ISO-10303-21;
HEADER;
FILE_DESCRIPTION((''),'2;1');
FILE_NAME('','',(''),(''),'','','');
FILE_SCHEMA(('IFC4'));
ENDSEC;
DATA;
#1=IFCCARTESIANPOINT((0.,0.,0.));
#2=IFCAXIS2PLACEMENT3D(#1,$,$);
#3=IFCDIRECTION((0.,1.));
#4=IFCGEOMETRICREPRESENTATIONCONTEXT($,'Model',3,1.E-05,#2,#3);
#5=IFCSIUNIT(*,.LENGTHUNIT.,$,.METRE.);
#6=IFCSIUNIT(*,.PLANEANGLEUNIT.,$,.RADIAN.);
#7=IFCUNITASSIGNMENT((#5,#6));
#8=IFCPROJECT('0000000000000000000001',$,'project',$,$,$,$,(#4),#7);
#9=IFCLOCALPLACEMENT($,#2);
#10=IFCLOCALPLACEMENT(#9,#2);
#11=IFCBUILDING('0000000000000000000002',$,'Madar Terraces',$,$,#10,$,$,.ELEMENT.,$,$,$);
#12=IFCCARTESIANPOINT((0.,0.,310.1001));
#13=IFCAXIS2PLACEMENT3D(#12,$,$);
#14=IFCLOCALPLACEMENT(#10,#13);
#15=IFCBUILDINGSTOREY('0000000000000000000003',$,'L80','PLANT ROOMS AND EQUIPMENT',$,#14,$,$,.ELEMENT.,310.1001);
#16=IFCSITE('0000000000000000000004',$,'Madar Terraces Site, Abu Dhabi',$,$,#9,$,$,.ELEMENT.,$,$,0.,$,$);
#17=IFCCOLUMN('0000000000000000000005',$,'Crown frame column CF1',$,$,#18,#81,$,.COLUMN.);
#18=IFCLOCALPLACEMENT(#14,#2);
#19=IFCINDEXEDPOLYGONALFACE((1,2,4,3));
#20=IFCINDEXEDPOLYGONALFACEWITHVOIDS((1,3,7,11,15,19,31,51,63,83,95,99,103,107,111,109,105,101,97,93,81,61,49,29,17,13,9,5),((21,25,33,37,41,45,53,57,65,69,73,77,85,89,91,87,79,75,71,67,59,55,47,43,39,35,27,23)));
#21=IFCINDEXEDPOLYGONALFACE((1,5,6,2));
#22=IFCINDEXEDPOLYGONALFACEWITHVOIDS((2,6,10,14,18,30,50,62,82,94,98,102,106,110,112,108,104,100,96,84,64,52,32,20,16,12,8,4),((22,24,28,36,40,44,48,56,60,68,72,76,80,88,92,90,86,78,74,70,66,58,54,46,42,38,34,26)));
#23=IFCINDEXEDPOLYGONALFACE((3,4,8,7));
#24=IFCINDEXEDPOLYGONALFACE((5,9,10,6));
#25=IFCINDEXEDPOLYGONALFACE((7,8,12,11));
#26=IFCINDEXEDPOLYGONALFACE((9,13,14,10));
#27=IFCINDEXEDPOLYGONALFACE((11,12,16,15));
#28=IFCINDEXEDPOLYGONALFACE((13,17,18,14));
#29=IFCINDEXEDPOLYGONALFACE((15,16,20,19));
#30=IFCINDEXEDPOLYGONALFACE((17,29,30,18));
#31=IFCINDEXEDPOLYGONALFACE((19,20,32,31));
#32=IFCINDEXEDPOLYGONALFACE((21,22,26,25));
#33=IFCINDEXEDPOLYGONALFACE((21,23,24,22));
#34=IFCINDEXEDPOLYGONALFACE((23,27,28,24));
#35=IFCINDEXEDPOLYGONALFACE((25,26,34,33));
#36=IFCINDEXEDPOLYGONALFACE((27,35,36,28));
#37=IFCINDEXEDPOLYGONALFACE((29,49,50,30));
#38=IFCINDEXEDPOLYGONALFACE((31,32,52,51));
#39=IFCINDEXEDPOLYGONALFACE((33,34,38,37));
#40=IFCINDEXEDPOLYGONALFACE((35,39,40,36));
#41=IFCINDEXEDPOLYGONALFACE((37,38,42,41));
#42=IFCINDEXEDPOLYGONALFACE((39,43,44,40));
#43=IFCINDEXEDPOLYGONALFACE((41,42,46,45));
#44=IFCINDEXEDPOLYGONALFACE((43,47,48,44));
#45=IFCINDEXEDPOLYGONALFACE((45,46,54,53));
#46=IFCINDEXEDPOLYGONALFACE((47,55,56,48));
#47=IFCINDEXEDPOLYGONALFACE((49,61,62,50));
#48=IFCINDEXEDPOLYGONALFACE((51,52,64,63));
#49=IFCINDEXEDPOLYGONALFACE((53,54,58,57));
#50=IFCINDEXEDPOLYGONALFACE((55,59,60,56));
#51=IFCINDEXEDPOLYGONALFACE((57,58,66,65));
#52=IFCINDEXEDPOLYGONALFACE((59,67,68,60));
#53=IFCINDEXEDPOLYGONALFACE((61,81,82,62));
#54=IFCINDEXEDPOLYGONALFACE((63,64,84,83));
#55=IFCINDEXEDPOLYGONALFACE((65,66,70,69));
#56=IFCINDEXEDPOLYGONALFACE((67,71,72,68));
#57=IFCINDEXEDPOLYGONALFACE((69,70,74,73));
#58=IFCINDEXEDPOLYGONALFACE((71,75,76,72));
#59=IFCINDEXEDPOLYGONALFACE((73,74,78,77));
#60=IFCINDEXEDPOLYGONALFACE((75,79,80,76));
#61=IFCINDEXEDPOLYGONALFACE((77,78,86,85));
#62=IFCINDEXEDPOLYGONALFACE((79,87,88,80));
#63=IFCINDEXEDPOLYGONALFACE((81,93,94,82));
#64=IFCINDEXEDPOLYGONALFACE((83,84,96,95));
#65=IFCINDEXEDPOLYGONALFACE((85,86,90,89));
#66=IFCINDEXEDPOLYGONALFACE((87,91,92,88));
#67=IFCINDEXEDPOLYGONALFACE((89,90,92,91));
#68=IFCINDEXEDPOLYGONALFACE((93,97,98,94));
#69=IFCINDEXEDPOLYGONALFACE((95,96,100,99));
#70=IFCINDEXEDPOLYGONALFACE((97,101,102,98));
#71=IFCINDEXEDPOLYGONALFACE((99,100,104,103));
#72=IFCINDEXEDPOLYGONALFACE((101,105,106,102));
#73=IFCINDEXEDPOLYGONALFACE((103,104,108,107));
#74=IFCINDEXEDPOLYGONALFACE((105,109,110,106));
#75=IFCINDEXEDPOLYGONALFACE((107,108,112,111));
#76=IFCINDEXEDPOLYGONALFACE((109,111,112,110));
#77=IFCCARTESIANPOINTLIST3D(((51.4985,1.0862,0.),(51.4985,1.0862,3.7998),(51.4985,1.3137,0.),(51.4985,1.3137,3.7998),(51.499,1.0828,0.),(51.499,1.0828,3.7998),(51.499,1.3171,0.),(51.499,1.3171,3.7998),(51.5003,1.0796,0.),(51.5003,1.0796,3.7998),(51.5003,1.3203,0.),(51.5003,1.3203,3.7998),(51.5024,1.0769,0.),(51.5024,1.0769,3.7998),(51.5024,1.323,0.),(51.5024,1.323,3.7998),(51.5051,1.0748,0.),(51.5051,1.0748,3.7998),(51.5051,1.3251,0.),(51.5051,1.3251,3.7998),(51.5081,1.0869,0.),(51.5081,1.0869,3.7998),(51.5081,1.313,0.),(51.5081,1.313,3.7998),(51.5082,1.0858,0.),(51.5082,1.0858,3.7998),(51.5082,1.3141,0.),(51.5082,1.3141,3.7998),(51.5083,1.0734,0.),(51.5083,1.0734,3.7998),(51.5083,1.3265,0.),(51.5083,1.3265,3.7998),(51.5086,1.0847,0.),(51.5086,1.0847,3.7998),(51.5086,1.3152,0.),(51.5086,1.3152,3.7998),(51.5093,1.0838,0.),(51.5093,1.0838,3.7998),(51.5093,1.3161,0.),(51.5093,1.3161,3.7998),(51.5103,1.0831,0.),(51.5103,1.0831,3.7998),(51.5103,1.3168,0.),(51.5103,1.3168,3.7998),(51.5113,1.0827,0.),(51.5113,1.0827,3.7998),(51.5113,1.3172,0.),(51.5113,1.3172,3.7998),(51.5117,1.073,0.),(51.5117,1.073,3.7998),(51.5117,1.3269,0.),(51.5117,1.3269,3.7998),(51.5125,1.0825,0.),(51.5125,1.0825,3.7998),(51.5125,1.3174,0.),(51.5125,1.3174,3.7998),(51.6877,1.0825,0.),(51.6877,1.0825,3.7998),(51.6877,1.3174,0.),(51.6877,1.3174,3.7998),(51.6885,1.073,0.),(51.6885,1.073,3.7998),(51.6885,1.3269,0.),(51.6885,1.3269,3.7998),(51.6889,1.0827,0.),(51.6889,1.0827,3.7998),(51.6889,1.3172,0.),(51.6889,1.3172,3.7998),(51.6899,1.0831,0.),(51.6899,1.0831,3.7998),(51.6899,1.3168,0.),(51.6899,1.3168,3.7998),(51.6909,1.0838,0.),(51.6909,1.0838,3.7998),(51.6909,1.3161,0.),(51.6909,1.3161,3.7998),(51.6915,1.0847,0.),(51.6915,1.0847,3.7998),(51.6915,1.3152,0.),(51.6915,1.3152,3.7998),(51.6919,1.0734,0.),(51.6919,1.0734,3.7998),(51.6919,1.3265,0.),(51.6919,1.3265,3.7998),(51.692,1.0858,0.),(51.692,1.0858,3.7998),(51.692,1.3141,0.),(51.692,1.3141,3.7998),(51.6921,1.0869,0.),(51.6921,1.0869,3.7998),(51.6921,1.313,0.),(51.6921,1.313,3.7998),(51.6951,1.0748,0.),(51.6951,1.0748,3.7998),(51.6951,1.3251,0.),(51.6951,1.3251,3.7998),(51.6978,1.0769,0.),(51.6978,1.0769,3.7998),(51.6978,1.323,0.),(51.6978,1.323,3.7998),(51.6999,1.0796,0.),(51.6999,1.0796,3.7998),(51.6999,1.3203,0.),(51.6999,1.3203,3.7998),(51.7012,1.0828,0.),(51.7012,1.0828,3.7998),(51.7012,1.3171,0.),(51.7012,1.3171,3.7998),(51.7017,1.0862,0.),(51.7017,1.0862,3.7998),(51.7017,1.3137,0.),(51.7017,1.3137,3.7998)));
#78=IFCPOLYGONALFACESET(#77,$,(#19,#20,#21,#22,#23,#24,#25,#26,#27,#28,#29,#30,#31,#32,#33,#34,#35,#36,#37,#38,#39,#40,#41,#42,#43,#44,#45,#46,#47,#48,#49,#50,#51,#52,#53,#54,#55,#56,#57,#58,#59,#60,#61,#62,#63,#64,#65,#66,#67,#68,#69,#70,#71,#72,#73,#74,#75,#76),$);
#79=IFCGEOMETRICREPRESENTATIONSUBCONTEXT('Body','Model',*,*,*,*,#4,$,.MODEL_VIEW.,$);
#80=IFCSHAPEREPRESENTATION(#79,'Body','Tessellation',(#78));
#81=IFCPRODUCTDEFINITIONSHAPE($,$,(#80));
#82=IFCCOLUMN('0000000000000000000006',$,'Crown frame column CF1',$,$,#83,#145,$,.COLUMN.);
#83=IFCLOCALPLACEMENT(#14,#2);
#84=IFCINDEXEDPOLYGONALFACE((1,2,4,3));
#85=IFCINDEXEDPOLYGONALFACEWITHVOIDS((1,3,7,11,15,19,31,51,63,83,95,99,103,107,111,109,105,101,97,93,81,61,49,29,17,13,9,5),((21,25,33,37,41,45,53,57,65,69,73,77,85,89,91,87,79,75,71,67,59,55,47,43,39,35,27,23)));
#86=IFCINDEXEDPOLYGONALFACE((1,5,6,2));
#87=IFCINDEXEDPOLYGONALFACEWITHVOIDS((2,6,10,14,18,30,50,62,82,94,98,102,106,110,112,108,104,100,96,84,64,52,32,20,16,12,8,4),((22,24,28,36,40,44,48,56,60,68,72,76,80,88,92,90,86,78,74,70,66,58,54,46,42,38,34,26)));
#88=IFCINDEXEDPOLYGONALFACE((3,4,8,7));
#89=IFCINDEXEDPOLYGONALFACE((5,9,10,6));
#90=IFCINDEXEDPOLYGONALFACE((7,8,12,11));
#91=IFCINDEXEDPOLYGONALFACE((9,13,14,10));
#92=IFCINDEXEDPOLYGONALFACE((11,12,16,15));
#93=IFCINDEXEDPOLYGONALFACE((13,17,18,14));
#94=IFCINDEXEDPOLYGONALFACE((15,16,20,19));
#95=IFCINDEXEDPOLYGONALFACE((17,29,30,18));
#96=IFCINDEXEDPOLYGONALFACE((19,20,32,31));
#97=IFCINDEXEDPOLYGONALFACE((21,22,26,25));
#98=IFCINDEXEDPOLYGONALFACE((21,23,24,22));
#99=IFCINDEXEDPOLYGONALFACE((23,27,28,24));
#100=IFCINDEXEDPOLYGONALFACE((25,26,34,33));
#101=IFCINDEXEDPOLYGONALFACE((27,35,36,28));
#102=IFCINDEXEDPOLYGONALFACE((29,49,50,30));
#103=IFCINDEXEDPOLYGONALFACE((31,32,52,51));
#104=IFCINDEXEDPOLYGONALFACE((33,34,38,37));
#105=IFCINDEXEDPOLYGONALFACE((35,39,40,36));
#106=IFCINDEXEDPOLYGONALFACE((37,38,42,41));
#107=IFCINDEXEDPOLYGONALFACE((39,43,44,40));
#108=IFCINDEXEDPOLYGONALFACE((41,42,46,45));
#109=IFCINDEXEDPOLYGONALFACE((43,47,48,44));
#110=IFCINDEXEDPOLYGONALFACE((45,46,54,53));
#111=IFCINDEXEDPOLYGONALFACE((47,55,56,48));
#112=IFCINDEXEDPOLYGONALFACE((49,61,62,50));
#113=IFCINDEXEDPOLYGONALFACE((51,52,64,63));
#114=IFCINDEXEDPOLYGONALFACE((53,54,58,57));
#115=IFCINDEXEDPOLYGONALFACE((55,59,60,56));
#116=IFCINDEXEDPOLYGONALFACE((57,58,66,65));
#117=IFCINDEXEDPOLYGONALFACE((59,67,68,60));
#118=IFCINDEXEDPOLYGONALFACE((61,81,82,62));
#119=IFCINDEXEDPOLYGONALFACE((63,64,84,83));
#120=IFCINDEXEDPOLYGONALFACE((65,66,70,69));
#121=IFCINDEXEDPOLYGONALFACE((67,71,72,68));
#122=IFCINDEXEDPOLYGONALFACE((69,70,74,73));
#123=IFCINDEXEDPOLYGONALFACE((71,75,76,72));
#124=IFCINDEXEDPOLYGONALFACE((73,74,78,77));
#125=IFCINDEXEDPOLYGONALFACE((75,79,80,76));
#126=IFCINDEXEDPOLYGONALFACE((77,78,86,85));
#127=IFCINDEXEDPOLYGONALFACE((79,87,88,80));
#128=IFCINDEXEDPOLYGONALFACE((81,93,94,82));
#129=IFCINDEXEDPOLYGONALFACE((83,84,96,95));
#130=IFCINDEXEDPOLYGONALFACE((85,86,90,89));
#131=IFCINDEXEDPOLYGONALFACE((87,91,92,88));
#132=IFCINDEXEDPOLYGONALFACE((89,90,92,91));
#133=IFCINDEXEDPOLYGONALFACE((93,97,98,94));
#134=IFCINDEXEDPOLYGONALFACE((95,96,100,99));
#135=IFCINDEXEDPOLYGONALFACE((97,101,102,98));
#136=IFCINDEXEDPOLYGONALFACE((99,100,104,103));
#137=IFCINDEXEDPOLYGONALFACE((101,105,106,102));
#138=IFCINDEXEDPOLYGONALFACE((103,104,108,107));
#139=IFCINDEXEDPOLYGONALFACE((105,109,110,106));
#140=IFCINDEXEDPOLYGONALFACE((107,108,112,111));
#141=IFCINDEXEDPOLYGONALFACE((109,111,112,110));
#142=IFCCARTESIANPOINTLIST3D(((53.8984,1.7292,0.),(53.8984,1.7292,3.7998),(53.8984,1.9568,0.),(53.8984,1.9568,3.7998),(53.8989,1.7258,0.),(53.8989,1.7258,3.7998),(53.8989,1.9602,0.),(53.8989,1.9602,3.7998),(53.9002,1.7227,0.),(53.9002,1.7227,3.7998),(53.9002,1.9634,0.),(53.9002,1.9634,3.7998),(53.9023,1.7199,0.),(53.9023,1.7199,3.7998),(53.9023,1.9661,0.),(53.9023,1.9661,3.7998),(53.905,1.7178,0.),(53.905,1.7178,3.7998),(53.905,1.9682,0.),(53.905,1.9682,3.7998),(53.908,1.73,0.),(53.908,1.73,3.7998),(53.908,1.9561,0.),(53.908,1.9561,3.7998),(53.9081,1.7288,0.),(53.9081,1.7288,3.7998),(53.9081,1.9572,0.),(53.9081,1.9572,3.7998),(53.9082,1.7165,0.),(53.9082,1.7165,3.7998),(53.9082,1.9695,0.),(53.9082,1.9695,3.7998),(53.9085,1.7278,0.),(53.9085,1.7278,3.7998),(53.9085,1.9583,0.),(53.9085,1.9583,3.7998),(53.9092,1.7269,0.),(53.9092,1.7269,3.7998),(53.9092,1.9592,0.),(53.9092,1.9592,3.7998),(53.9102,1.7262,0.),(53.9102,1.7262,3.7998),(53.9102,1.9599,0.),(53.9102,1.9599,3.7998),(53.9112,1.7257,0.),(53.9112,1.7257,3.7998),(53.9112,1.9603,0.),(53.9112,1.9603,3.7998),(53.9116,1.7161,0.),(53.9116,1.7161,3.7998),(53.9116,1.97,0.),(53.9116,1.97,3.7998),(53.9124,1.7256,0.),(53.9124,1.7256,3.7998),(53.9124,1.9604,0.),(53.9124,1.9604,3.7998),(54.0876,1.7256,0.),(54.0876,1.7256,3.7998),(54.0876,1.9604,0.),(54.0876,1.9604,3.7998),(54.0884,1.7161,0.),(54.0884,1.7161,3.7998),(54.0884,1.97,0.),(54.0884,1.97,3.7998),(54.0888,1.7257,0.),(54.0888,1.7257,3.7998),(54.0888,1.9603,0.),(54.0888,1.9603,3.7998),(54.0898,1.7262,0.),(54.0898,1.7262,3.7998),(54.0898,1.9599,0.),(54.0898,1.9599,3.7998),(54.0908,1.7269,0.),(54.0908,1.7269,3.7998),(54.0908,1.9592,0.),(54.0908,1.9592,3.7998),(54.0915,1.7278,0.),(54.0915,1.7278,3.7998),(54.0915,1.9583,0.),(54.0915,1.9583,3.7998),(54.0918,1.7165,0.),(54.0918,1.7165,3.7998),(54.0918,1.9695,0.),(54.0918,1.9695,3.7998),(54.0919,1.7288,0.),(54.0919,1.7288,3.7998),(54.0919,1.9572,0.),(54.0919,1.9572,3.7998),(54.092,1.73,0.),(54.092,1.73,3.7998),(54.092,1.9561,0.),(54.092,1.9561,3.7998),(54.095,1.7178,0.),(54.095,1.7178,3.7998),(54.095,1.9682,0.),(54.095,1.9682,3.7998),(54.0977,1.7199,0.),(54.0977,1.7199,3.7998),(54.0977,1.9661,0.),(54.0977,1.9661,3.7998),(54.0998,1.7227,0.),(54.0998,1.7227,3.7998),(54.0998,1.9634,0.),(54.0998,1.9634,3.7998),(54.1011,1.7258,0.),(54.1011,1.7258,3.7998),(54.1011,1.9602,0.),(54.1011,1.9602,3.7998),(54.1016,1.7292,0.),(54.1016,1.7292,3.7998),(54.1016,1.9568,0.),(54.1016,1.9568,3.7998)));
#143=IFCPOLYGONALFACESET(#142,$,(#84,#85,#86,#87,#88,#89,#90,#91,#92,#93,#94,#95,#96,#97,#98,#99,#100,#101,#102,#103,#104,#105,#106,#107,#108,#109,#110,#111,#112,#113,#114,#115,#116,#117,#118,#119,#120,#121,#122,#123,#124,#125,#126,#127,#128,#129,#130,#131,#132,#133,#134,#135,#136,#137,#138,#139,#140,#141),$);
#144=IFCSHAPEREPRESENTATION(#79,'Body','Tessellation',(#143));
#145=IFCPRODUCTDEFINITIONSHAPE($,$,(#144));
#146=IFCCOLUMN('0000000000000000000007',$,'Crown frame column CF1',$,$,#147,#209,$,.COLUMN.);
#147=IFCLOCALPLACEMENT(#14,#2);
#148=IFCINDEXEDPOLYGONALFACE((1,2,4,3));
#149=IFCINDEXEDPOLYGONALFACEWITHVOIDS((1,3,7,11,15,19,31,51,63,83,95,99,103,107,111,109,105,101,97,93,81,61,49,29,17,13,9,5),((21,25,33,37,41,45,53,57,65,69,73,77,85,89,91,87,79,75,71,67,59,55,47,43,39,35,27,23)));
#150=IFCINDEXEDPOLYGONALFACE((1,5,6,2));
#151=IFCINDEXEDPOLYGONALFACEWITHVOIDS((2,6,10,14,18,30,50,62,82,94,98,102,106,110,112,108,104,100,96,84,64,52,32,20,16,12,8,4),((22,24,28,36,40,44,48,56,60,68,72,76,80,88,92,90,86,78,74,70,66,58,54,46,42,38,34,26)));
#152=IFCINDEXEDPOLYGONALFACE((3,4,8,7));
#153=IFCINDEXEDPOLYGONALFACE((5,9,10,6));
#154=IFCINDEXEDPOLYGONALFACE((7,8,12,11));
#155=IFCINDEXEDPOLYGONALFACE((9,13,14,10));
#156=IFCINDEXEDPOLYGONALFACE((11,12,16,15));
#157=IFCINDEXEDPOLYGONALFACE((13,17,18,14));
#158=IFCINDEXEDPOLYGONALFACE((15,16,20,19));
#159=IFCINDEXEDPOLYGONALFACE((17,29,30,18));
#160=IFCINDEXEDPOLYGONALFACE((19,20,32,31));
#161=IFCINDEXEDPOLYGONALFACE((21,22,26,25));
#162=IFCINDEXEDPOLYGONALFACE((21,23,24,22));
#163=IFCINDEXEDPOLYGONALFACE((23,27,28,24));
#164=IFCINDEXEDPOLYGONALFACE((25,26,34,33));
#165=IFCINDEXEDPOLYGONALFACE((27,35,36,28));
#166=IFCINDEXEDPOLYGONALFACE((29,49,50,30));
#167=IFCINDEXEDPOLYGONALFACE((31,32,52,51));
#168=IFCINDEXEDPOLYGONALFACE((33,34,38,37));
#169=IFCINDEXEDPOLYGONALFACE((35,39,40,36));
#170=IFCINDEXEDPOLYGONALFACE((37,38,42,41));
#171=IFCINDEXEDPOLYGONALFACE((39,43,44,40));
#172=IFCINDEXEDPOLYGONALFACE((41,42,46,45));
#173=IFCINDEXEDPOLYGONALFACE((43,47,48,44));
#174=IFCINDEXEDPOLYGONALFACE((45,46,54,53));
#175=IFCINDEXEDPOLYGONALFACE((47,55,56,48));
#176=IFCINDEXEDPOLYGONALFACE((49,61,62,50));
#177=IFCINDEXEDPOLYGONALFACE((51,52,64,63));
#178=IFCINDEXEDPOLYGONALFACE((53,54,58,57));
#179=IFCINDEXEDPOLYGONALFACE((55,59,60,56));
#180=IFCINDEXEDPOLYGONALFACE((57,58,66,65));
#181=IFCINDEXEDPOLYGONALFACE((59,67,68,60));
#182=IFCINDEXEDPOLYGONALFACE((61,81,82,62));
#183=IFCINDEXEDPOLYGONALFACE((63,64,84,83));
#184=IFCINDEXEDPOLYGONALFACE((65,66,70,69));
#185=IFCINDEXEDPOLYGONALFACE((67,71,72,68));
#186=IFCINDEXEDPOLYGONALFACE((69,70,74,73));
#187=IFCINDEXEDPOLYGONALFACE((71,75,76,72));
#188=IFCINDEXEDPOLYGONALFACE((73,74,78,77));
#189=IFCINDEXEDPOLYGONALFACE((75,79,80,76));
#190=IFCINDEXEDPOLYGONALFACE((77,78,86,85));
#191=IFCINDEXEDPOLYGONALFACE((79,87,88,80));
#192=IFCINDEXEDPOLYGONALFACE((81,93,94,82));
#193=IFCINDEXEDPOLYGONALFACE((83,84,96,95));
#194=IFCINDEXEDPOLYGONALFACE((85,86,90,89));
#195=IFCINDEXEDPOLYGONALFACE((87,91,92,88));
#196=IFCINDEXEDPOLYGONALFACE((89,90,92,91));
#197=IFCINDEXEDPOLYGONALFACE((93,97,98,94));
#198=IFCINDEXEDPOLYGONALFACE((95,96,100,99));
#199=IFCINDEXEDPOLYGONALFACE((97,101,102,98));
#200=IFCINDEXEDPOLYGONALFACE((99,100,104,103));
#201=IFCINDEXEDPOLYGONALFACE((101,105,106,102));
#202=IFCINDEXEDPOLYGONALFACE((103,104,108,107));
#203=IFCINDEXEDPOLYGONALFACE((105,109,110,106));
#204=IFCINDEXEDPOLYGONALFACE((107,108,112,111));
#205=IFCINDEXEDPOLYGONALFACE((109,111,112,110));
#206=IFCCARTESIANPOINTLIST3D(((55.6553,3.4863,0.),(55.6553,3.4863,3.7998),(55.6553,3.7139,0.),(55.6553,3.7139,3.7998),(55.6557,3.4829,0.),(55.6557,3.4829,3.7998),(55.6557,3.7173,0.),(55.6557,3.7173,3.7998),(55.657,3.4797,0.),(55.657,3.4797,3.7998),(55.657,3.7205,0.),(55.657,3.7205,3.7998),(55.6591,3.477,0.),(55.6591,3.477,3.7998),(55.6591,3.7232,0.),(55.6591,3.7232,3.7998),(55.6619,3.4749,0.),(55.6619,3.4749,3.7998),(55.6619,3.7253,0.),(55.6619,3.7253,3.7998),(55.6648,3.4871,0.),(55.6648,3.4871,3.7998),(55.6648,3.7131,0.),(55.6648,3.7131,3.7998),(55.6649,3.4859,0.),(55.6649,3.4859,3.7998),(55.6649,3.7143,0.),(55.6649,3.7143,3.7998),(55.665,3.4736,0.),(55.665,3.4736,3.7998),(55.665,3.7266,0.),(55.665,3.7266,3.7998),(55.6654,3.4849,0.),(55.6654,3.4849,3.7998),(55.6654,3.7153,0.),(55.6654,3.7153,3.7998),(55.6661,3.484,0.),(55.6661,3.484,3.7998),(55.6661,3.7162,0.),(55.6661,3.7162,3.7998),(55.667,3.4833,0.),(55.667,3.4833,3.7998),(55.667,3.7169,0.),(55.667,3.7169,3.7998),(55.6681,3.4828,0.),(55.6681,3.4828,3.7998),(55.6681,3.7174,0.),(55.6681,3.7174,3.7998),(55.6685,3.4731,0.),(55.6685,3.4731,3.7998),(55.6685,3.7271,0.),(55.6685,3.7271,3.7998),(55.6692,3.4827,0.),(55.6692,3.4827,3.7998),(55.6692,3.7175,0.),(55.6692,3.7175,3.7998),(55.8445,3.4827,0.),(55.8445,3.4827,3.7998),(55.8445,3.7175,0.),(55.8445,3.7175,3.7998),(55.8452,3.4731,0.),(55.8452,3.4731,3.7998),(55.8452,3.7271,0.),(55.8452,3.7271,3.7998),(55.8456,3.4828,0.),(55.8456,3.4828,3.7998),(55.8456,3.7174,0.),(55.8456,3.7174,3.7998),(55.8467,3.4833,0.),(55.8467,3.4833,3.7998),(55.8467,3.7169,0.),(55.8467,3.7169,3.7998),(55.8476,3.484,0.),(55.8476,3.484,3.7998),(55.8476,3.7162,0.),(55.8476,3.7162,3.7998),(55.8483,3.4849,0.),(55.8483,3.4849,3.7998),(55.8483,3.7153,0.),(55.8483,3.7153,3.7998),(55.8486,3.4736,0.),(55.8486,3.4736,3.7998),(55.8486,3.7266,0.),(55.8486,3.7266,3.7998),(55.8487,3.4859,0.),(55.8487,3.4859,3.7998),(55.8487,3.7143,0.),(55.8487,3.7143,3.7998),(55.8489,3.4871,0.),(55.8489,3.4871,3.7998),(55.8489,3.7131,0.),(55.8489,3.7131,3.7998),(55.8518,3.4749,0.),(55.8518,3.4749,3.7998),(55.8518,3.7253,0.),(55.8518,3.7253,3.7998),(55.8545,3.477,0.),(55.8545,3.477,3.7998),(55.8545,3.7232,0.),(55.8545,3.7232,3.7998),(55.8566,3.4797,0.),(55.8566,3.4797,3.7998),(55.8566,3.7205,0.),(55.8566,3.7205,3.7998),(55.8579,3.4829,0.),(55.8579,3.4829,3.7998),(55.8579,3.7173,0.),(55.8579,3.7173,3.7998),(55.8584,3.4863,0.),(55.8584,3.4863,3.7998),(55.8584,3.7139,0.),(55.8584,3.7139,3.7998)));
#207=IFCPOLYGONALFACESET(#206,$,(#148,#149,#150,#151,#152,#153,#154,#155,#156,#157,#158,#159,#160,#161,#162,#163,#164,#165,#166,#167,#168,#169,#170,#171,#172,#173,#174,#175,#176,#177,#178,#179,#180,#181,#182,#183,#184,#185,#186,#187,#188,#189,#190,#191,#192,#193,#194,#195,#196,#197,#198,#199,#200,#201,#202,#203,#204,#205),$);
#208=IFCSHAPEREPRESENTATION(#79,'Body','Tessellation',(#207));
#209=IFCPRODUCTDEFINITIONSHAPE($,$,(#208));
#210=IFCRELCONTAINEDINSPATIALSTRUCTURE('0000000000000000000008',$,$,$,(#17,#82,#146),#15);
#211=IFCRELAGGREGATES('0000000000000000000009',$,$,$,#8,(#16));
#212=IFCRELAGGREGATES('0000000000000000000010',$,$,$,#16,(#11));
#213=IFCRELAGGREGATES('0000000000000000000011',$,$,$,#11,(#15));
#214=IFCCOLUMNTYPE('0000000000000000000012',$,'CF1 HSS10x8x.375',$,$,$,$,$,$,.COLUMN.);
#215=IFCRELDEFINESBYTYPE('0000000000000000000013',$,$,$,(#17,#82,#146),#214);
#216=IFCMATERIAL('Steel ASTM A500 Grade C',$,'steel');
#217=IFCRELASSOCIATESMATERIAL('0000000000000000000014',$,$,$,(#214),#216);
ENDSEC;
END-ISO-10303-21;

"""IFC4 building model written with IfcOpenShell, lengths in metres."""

from ifc_helpers import new_model, si_unit, direction, frame, origin, origin_2d, place, context, subcontext, project, spatial, hollow_rectangle, extrude, material, material_profile, profile_set, type_object, element, save


model = new_model("IFC4")

# Units and contexts
model_context = context("Model", 3, precision=1e-05, world=origin(), true_north=direction((0.0, 1.0)))
body_context = subcontext(model_context, "Body", "Model", "MODEL_VIEW")
ifc_project = project(units=[si_unit("LENGTHUNIT", "METRE"), si_unit("PLANEANGLEUNIT", "RADIAN")], contexts=[model_context])

# Site, building, storey
site_placement = place(None, origin())
site = spatial("IfcSite", under=ifc_project, at=site_placement, Name="Madar Terraces Site, Abu Dhabi", CompositionType="ELEMENT", RefElevation=0.0)
building_placement = place(site_placement, origin())
building = spatial("IfcBuilding", under=site, at=building_placement, Name="Madar Terraces", CompositionType="ELEMENT")
storey_placement = place(building_placement, frame((0.0, 0.0, 310.1001)))
storey = spatial("IfcBuildingStorey", under=building, at=storey_placement, Name="L80", Description="PLANT ROOMS AND EQUIPMENT", CompositionType="ELEMENT", Elevation=310.1001)

# Columns
ifc_material_1 = material(Name="Steel ASTM A500 Grade C", Category="steel")
ifc_material_profile_1 = material_profile(ifc_material_1, hollow_rectangle(XDim=0.2031, YDim=0.2539, WallThickness=0.0095, InnerFilletRadius=0.0044, OuterFilletRadius=0.0132, at=origin_2d()), Name="HSS10x8x.375")
ifc_profile_set_1 = profile_set([ifc_material_profile_1], Name="Steel ASTM A500 Grade C")
column_type = type_object("IfcColumnType", Name="CF1 HSS10x8x.375", PredefinedType="COLUMN", material=ifc_profile_set_1)
for number, where, z_axis, x_axis, name in (
    (1, (51.6001, 1.2, 0.0), (0.0, 0.0, 1.0), (1.0, 0.0, 0.0), "Crown frame column CF1"),
    (2, (54.0, 1.843, 0.0), (0.0, 0.0, 1.0), (1.0, 0.0, 0.0), "Crown frame column CF1"),
    (3, (55.7568, 3.6001, 0.0), (0.0, 0.0, 1.0), (1.0, 0.0, 0.0), "Crown frame column CF1"),
):
    element("IfcColumn", number, at=place(storey_placement, frame(where, z_axis=z_axis, x_axis=x_axis)), inside=storey, type_object=column_type, Name=name, PredefinedType="COLUMN", context=body_context, shape_type="SweptSolid", body=[
        extrude(hollow_rectangle(XDim=0.2031, YDim=0.2539, WallThickness=0.0095, InnerFilletRadius=0.0044, OuterFilletRadius=0.0132, at=origin_2d()), origin(), (0.0, 0.0, 1.0), 3.7998),
    ])

save(model, "model.ifc")
